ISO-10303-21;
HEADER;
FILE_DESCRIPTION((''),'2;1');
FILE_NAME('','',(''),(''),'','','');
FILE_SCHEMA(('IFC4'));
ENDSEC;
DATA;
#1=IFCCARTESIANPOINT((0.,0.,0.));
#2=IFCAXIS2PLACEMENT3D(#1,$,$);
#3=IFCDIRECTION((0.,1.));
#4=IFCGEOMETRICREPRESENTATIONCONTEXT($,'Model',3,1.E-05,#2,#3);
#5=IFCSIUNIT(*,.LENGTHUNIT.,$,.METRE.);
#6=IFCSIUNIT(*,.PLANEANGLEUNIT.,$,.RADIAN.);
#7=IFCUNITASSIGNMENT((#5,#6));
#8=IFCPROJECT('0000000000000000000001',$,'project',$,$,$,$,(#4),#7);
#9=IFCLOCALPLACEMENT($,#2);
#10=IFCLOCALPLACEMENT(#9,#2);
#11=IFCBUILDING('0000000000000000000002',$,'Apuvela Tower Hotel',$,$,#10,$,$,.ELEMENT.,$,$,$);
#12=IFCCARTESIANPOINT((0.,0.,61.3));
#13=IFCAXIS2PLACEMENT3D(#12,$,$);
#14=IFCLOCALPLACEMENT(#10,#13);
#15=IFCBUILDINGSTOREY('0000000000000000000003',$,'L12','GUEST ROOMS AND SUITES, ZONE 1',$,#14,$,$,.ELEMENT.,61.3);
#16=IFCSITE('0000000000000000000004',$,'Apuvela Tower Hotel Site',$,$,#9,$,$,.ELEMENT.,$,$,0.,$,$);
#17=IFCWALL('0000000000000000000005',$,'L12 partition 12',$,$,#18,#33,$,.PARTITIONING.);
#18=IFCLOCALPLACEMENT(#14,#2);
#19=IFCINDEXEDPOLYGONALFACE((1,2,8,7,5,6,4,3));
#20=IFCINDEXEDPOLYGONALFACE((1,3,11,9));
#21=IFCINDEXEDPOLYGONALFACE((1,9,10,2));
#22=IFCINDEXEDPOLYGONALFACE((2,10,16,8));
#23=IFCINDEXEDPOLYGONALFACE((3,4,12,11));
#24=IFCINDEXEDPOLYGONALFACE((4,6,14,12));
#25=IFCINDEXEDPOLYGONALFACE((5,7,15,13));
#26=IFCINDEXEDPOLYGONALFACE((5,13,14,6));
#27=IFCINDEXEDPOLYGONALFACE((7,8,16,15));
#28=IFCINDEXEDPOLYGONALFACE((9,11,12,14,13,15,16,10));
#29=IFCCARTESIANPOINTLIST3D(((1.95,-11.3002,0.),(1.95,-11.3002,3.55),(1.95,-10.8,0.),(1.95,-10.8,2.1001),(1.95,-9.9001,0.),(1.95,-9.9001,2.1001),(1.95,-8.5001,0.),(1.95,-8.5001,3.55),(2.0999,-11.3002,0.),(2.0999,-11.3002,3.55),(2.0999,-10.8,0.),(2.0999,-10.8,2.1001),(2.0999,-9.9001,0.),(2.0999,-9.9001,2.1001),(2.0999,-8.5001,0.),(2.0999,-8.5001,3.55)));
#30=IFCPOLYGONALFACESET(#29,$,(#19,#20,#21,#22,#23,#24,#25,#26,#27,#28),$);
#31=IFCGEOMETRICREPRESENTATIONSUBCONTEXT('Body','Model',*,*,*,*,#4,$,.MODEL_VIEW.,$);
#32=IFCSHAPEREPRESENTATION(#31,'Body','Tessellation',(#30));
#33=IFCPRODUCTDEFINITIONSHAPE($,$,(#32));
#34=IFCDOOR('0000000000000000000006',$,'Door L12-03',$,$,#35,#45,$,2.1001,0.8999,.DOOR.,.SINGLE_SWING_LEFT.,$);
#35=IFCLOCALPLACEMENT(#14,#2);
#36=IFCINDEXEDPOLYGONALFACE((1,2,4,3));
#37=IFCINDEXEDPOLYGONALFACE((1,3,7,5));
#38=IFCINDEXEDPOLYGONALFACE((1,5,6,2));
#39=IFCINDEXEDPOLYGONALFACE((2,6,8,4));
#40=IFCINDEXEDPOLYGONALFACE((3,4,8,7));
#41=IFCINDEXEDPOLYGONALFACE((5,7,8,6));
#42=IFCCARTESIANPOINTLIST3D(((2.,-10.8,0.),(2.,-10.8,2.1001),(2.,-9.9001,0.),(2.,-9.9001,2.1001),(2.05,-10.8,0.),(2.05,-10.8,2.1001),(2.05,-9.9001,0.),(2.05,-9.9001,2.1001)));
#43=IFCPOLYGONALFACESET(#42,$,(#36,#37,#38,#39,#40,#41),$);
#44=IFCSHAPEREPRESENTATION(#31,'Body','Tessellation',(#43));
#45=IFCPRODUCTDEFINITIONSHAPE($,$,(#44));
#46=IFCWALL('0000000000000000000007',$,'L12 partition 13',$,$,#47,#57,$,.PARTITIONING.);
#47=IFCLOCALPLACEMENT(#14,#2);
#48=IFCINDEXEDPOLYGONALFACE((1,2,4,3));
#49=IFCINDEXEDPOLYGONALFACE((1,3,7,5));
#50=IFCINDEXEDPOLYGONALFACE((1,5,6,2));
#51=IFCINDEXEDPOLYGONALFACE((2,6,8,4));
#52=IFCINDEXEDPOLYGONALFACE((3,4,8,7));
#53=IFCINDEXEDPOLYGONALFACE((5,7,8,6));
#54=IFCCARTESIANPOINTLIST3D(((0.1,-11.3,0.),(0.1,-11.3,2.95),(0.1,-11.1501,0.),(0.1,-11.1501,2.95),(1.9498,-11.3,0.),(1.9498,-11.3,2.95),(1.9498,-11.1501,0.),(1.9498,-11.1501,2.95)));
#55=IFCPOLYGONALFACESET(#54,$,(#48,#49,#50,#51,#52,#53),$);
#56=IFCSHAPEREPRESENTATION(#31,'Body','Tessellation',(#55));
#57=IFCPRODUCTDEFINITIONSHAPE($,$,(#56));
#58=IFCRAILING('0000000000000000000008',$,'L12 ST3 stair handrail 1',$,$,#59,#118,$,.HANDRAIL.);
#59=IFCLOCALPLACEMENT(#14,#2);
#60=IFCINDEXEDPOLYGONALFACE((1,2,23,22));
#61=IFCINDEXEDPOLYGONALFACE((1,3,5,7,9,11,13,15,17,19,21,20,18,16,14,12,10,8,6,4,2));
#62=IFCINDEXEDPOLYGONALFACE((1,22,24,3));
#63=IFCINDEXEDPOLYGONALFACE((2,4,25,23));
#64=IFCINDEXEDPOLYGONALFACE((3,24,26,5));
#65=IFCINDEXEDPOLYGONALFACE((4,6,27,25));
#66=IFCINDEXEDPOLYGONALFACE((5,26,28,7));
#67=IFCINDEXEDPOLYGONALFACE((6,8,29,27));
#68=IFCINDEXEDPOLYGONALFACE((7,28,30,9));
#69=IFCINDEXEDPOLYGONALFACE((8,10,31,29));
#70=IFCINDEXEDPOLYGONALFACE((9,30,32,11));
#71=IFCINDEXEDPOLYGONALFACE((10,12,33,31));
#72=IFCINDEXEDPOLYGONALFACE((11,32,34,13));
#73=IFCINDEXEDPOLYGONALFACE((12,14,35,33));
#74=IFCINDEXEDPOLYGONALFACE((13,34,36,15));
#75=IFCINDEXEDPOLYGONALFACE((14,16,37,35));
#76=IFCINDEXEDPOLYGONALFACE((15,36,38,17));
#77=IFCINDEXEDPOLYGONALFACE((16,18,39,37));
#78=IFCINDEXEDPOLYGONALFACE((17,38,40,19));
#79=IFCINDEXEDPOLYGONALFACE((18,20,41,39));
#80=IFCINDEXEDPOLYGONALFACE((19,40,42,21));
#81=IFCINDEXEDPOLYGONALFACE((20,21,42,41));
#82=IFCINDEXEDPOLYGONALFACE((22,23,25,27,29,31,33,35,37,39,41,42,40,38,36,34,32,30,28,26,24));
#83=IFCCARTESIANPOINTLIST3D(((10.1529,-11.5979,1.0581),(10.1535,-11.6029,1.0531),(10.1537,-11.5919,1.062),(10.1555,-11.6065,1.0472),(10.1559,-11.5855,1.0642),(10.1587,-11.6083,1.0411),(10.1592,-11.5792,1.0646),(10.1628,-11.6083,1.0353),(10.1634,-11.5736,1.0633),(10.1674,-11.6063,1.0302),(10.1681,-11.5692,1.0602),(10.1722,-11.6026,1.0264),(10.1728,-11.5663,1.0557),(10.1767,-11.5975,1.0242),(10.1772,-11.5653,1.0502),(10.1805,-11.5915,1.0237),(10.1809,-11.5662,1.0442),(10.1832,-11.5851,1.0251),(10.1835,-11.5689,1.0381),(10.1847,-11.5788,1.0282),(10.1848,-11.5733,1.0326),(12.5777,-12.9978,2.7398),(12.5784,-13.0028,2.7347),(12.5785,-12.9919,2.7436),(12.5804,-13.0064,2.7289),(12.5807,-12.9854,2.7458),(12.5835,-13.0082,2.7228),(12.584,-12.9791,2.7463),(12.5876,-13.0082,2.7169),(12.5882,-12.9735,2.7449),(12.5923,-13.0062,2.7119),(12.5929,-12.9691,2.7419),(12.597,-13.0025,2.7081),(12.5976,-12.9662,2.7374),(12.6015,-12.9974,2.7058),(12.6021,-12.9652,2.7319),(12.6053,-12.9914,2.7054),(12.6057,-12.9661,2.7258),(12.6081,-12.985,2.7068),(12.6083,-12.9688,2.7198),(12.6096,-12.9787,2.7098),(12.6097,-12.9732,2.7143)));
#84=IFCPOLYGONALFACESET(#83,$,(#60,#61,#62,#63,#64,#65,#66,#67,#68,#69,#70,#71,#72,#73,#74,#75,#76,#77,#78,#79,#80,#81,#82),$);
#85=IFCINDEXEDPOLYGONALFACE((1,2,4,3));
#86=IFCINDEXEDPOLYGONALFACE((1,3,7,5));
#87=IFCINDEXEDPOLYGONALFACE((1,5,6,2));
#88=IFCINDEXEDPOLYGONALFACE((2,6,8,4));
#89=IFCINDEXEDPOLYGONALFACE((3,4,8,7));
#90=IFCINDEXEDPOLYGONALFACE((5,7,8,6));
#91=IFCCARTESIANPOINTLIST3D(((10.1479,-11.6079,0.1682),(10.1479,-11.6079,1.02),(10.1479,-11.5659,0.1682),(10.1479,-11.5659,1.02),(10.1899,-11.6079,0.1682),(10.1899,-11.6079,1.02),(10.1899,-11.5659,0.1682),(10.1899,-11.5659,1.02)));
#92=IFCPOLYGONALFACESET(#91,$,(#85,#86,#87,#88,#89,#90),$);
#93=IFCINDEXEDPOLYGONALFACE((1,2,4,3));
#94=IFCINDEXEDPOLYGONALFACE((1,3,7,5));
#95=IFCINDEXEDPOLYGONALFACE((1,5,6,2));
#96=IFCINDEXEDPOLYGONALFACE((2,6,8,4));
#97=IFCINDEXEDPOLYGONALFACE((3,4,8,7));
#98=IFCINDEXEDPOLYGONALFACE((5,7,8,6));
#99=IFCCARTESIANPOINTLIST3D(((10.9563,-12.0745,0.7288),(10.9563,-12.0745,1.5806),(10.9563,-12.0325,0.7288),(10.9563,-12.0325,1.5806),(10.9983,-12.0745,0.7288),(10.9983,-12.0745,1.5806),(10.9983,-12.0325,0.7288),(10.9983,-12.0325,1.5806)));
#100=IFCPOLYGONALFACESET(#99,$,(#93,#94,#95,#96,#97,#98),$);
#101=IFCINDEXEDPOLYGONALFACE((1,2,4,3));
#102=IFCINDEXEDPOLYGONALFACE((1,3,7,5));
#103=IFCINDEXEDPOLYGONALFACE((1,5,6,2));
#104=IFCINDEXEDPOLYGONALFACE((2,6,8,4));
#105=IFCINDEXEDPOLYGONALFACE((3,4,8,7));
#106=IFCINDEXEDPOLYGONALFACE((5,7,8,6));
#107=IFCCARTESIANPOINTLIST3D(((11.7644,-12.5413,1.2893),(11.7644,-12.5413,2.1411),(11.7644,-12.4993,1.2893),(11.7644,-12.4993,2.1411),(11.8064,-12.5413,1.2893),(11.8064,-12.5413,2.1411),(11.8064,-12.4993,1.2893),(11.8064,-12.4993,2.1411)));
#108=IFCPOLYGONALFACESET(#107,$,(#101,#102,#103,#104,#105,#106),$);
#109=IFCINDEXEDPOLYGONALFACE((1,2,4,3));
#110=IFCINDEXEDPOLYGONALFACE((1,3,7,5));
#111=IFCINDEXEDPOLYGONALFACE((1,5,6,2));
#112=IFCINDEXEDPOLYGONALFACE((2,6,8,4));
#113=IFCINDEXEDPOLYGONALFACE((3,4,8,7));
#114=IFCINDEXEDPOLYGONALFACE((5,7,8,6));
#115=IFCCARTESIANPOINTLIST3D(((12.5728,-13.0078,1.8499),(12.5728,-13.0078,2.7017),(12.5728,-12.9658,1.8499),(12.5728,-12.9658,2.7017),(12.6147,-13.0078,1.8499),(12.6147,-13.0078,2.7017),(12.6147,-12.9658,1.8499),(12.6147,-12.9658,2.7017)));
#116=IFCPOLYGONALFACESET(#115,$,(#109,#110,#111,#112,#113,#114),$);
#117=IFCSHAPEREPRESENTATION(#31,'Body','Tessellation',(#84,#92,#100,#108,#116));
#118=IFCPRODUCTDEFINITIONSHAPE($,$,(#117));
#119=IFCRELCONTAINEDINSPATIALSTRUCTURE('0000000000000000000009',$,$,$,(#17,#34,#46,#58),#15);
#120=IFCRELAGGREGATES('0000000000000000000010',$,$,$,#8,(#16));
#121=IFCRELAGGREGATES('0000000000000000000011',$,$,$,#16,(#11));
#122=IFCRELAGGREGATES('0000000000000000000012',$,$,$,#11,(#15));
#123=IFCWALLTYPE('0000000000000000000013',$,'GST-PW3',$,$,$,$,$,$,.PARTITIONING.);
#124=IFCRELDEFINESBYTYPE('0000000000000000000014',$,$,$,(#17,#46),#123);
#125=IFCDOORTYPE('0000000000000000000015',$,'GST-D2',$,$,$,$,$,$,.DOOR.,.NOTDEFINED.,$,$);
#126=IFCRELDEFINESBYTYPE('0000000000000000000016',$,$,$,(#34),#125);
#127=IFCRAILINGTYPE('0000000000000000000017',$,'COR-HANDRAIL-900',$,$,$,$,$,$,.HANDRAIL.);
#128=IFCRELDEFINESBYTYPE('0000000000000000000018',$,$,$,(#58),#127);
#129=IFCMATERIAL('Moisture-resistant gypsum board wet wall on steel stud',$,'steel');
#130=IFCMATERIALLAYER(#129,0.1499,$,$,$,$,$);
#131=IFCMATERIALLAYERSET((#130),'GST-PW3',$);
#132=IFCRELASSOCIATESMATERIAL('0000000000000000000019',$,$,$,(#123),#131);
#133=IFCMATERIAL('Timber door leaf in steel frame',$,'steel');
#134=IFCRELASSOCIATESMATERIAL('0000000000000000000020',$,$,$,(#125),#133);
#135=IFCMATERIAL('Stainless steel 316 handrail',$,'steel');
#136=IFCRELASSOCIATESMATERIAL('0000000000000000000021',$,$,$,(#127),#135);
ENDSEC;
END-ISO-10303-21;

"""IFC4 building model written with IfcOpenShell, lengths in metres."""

from ifc_helpers import new_model, si_unit, direction, frame, frame_2d, origin, origin_2d, place, context, subcontext, project, spatial, rectangle, circle, extrude, material, layer, layer_set, type_object, element, fill, save


model = new_model("IFC4")

# Units and contexts
model_context = context("Model", 3, precision=1e-05, world=origin(), true_north=direction((0.0, 1.0)))
body_context = subcontext(model_context, "Body", "Model", "MODEL_VIEW")
ifc_project = project(units=[si_unit("LENGTHUNIT", "METRE"), si_unit("PLANEANGLEUNIT", "RADIAN")], contexts=[model_context])

# Site, building, storey
site_placement = place(None, origin())
site = spatial("IfcSite", under=ifc_project, at=site_placement, Name="Apuvela Tower Hotel Site", CompositionType="ELEMENT", RefElevation=0.0)
building_placement = place(site_placement, origin())
building = spatial("IfcBuilding", under=site, at=building_placement, Name="Apuvela Tower Hotel", CompositionType="ELEMENT")
storey_placement = place(building_placement, frame((0.0, 0.0, 61.3)))
storey = spatial("IfcBuildingStorey", under=building, at=storey_placement, Name="L12", Description="GUEST ROOMS AND SUITES, ZONE 1", CompositionType="ELEMENT", Elevation=61.3)

# Wall, opening, door
ifc_material_1 = material(Name="Timber door leaf in steel frame", Category="steel")
ifc_material_2 = material(Name="Moisture-resistant gypsum board wet wall on steel stud", Category="steel")
ifc_layer_1 = layer(ifc_material_2, 0.1499)
ifc_layer_set_1 = layer_set([ifc_layer_1], Name="GST-PW3")
wall_type_1 = type_object("IfcWallType", Name="GST-PW3", PredefinedType="PARTITIONING", material=ifc_layer_set_1)
wall_1_placement = place(storey_placement, frame((2.0249, -11.3, 0.0), z_axis=(0.0, 0.0, 1.0), x_axis=(0.0, 1.0, 0.0)))
wall_1 = element("IfcWall", 1, at=wall_1_placement, inside=storey, type_object=wall_type_1, Name="L12 partition 12", PredefinedType="PARTITIONING", context=body_context, shape_type="SweptSolid", body=[
    extrude(rectangle(XDim=2.8, YDim=0.1499, at=frame_2d((1.3999, 0.0))), origin(), (0.0, 0.0, 1.0), 3.55),
])
opening_1_placement = place(wall_1_placement, frame((0.5, 0.0, 0.0)))
opening_1 = element("IfcOpeningElement", 2, at=opening_1_placement, cuts=wall_1, PredefinedType="OPENING", context=body_context, shape_type="SweptSolid", body=[
    extrude(rectangle(XDim=0.8999, YDim=2.1001, at=frame_2d((0.45, 1.05))), frame((0.0, 0.085, 0.0), z_axis=(0.0, -1.0, 0.0), x_axis=(1.0, 0.0, 0.0)), (0.0, 0.0, 1.0), 0.1699),
])
door_type_1 = type_object("IfcDoorType", Name="GST-D2", OperationType="NOTDEFINED", PredefinedType="DOOR", material=ifc_material_1)
door_1_placement = place(opening_1_placement, origin())
door_1 = element("IfcDoor", 3, at=door_1_placement, inside=storey, type_object=door_type_1, Name="Door L12-03", OperationType="SINGLE_SWING_LEFT", OverallHeight=2.1001, OverallWidth=0.8999, PredefinedType="DOOR", context=body_context, shape_type="SweptSolid", body=[
    extrude(rectangle(XDim=0.8999, YDim=2.1001, at=frame_2d((0.45, 1.05))), frame((0.0, 0.0249, 0.0), z_axis=(0.0, -1.0, 0.0), x_axis=(1.0, 0.0, 0.0)), (0.0, 0.0, 1.0), 0.05),
])
fill(opening_1, door_1)

# Wall
wall_2_placement = place(storey_placement, frame((0.1001, -11.2251, 0.0), z_axis=(0.0, 0.0, 1.0), x_axis=(1.0, 0.0, 0.0)))
element("IfcWall", 4, at=wall_2_placement, inside=storey, type_object=wall_type_1, Name="L12 partition 13", PredefinedType="PARTITIONING", context=body_context, shape_type="SweptSolid", body=[
    extrude(rectangle(XDim=1.8499, YDim=0.1499, at=frame_2d((0.9248, 0.0))), origin(), (0.0, 0.0, 1.0), 2.95),
])

# Railing
ifc_material_3 = material(Name="Stainless steel 316 handrail", Category="steel")
railing_type_1 = type_object("IfcRailingType", Name="COR-HANDRAIL-900", PredefinedType="HANDRAIL", material=ifc_material_3)
railing_1_placement = place(storey_placement, frame((10.1689, -11.5869, 0.1682)))
element("IfcRailing", 5, at=railing_1_placement, inside=storey, type_object=railing_type_1, Name="L12 ST3 stair handrail 1", PredefinedType="HANDRAIL", context=body_context, shape_type="SweptSolid", body=[
    extrude(circle(Radius=0.0239, at=origin_2d()), frame((0.0, 0.0, 0.876), z_axis=(0.742419, -0.428618, 0.514879), x_axis=(0.499984, 0.866035, 0.0)), (0.0, 0.0, 1.0), 3.2661),
    extrude(rectangle(XDim=0.042, YDim=0.042, at=origin_2d()), origin(), (0.0, 0.0, 1.0), 0.8518),
    extrude(rectangle(XDim=0.042, YDim=0.042, at=origin_2d()), frame((0.8083, -0.4666, 0.5605)), (0.0, 0.0, 1.0), 0.8518),
    extrude(rectangle(XDim=0.042, YDim=0.042, at=origin_2d()), frame((1.6165, -0.9333, 1.1211)), (0.0, 0.0, 1.0), 0.8518),
    extrude(rectangle(XDim=0.042, YDim=0.042, at=origin_2d()), frame((2.4248, -1.3999, 1.6816)), (0.0, 0.0, 1.0), 0.8518),
])

save(model, "model.ifc")
